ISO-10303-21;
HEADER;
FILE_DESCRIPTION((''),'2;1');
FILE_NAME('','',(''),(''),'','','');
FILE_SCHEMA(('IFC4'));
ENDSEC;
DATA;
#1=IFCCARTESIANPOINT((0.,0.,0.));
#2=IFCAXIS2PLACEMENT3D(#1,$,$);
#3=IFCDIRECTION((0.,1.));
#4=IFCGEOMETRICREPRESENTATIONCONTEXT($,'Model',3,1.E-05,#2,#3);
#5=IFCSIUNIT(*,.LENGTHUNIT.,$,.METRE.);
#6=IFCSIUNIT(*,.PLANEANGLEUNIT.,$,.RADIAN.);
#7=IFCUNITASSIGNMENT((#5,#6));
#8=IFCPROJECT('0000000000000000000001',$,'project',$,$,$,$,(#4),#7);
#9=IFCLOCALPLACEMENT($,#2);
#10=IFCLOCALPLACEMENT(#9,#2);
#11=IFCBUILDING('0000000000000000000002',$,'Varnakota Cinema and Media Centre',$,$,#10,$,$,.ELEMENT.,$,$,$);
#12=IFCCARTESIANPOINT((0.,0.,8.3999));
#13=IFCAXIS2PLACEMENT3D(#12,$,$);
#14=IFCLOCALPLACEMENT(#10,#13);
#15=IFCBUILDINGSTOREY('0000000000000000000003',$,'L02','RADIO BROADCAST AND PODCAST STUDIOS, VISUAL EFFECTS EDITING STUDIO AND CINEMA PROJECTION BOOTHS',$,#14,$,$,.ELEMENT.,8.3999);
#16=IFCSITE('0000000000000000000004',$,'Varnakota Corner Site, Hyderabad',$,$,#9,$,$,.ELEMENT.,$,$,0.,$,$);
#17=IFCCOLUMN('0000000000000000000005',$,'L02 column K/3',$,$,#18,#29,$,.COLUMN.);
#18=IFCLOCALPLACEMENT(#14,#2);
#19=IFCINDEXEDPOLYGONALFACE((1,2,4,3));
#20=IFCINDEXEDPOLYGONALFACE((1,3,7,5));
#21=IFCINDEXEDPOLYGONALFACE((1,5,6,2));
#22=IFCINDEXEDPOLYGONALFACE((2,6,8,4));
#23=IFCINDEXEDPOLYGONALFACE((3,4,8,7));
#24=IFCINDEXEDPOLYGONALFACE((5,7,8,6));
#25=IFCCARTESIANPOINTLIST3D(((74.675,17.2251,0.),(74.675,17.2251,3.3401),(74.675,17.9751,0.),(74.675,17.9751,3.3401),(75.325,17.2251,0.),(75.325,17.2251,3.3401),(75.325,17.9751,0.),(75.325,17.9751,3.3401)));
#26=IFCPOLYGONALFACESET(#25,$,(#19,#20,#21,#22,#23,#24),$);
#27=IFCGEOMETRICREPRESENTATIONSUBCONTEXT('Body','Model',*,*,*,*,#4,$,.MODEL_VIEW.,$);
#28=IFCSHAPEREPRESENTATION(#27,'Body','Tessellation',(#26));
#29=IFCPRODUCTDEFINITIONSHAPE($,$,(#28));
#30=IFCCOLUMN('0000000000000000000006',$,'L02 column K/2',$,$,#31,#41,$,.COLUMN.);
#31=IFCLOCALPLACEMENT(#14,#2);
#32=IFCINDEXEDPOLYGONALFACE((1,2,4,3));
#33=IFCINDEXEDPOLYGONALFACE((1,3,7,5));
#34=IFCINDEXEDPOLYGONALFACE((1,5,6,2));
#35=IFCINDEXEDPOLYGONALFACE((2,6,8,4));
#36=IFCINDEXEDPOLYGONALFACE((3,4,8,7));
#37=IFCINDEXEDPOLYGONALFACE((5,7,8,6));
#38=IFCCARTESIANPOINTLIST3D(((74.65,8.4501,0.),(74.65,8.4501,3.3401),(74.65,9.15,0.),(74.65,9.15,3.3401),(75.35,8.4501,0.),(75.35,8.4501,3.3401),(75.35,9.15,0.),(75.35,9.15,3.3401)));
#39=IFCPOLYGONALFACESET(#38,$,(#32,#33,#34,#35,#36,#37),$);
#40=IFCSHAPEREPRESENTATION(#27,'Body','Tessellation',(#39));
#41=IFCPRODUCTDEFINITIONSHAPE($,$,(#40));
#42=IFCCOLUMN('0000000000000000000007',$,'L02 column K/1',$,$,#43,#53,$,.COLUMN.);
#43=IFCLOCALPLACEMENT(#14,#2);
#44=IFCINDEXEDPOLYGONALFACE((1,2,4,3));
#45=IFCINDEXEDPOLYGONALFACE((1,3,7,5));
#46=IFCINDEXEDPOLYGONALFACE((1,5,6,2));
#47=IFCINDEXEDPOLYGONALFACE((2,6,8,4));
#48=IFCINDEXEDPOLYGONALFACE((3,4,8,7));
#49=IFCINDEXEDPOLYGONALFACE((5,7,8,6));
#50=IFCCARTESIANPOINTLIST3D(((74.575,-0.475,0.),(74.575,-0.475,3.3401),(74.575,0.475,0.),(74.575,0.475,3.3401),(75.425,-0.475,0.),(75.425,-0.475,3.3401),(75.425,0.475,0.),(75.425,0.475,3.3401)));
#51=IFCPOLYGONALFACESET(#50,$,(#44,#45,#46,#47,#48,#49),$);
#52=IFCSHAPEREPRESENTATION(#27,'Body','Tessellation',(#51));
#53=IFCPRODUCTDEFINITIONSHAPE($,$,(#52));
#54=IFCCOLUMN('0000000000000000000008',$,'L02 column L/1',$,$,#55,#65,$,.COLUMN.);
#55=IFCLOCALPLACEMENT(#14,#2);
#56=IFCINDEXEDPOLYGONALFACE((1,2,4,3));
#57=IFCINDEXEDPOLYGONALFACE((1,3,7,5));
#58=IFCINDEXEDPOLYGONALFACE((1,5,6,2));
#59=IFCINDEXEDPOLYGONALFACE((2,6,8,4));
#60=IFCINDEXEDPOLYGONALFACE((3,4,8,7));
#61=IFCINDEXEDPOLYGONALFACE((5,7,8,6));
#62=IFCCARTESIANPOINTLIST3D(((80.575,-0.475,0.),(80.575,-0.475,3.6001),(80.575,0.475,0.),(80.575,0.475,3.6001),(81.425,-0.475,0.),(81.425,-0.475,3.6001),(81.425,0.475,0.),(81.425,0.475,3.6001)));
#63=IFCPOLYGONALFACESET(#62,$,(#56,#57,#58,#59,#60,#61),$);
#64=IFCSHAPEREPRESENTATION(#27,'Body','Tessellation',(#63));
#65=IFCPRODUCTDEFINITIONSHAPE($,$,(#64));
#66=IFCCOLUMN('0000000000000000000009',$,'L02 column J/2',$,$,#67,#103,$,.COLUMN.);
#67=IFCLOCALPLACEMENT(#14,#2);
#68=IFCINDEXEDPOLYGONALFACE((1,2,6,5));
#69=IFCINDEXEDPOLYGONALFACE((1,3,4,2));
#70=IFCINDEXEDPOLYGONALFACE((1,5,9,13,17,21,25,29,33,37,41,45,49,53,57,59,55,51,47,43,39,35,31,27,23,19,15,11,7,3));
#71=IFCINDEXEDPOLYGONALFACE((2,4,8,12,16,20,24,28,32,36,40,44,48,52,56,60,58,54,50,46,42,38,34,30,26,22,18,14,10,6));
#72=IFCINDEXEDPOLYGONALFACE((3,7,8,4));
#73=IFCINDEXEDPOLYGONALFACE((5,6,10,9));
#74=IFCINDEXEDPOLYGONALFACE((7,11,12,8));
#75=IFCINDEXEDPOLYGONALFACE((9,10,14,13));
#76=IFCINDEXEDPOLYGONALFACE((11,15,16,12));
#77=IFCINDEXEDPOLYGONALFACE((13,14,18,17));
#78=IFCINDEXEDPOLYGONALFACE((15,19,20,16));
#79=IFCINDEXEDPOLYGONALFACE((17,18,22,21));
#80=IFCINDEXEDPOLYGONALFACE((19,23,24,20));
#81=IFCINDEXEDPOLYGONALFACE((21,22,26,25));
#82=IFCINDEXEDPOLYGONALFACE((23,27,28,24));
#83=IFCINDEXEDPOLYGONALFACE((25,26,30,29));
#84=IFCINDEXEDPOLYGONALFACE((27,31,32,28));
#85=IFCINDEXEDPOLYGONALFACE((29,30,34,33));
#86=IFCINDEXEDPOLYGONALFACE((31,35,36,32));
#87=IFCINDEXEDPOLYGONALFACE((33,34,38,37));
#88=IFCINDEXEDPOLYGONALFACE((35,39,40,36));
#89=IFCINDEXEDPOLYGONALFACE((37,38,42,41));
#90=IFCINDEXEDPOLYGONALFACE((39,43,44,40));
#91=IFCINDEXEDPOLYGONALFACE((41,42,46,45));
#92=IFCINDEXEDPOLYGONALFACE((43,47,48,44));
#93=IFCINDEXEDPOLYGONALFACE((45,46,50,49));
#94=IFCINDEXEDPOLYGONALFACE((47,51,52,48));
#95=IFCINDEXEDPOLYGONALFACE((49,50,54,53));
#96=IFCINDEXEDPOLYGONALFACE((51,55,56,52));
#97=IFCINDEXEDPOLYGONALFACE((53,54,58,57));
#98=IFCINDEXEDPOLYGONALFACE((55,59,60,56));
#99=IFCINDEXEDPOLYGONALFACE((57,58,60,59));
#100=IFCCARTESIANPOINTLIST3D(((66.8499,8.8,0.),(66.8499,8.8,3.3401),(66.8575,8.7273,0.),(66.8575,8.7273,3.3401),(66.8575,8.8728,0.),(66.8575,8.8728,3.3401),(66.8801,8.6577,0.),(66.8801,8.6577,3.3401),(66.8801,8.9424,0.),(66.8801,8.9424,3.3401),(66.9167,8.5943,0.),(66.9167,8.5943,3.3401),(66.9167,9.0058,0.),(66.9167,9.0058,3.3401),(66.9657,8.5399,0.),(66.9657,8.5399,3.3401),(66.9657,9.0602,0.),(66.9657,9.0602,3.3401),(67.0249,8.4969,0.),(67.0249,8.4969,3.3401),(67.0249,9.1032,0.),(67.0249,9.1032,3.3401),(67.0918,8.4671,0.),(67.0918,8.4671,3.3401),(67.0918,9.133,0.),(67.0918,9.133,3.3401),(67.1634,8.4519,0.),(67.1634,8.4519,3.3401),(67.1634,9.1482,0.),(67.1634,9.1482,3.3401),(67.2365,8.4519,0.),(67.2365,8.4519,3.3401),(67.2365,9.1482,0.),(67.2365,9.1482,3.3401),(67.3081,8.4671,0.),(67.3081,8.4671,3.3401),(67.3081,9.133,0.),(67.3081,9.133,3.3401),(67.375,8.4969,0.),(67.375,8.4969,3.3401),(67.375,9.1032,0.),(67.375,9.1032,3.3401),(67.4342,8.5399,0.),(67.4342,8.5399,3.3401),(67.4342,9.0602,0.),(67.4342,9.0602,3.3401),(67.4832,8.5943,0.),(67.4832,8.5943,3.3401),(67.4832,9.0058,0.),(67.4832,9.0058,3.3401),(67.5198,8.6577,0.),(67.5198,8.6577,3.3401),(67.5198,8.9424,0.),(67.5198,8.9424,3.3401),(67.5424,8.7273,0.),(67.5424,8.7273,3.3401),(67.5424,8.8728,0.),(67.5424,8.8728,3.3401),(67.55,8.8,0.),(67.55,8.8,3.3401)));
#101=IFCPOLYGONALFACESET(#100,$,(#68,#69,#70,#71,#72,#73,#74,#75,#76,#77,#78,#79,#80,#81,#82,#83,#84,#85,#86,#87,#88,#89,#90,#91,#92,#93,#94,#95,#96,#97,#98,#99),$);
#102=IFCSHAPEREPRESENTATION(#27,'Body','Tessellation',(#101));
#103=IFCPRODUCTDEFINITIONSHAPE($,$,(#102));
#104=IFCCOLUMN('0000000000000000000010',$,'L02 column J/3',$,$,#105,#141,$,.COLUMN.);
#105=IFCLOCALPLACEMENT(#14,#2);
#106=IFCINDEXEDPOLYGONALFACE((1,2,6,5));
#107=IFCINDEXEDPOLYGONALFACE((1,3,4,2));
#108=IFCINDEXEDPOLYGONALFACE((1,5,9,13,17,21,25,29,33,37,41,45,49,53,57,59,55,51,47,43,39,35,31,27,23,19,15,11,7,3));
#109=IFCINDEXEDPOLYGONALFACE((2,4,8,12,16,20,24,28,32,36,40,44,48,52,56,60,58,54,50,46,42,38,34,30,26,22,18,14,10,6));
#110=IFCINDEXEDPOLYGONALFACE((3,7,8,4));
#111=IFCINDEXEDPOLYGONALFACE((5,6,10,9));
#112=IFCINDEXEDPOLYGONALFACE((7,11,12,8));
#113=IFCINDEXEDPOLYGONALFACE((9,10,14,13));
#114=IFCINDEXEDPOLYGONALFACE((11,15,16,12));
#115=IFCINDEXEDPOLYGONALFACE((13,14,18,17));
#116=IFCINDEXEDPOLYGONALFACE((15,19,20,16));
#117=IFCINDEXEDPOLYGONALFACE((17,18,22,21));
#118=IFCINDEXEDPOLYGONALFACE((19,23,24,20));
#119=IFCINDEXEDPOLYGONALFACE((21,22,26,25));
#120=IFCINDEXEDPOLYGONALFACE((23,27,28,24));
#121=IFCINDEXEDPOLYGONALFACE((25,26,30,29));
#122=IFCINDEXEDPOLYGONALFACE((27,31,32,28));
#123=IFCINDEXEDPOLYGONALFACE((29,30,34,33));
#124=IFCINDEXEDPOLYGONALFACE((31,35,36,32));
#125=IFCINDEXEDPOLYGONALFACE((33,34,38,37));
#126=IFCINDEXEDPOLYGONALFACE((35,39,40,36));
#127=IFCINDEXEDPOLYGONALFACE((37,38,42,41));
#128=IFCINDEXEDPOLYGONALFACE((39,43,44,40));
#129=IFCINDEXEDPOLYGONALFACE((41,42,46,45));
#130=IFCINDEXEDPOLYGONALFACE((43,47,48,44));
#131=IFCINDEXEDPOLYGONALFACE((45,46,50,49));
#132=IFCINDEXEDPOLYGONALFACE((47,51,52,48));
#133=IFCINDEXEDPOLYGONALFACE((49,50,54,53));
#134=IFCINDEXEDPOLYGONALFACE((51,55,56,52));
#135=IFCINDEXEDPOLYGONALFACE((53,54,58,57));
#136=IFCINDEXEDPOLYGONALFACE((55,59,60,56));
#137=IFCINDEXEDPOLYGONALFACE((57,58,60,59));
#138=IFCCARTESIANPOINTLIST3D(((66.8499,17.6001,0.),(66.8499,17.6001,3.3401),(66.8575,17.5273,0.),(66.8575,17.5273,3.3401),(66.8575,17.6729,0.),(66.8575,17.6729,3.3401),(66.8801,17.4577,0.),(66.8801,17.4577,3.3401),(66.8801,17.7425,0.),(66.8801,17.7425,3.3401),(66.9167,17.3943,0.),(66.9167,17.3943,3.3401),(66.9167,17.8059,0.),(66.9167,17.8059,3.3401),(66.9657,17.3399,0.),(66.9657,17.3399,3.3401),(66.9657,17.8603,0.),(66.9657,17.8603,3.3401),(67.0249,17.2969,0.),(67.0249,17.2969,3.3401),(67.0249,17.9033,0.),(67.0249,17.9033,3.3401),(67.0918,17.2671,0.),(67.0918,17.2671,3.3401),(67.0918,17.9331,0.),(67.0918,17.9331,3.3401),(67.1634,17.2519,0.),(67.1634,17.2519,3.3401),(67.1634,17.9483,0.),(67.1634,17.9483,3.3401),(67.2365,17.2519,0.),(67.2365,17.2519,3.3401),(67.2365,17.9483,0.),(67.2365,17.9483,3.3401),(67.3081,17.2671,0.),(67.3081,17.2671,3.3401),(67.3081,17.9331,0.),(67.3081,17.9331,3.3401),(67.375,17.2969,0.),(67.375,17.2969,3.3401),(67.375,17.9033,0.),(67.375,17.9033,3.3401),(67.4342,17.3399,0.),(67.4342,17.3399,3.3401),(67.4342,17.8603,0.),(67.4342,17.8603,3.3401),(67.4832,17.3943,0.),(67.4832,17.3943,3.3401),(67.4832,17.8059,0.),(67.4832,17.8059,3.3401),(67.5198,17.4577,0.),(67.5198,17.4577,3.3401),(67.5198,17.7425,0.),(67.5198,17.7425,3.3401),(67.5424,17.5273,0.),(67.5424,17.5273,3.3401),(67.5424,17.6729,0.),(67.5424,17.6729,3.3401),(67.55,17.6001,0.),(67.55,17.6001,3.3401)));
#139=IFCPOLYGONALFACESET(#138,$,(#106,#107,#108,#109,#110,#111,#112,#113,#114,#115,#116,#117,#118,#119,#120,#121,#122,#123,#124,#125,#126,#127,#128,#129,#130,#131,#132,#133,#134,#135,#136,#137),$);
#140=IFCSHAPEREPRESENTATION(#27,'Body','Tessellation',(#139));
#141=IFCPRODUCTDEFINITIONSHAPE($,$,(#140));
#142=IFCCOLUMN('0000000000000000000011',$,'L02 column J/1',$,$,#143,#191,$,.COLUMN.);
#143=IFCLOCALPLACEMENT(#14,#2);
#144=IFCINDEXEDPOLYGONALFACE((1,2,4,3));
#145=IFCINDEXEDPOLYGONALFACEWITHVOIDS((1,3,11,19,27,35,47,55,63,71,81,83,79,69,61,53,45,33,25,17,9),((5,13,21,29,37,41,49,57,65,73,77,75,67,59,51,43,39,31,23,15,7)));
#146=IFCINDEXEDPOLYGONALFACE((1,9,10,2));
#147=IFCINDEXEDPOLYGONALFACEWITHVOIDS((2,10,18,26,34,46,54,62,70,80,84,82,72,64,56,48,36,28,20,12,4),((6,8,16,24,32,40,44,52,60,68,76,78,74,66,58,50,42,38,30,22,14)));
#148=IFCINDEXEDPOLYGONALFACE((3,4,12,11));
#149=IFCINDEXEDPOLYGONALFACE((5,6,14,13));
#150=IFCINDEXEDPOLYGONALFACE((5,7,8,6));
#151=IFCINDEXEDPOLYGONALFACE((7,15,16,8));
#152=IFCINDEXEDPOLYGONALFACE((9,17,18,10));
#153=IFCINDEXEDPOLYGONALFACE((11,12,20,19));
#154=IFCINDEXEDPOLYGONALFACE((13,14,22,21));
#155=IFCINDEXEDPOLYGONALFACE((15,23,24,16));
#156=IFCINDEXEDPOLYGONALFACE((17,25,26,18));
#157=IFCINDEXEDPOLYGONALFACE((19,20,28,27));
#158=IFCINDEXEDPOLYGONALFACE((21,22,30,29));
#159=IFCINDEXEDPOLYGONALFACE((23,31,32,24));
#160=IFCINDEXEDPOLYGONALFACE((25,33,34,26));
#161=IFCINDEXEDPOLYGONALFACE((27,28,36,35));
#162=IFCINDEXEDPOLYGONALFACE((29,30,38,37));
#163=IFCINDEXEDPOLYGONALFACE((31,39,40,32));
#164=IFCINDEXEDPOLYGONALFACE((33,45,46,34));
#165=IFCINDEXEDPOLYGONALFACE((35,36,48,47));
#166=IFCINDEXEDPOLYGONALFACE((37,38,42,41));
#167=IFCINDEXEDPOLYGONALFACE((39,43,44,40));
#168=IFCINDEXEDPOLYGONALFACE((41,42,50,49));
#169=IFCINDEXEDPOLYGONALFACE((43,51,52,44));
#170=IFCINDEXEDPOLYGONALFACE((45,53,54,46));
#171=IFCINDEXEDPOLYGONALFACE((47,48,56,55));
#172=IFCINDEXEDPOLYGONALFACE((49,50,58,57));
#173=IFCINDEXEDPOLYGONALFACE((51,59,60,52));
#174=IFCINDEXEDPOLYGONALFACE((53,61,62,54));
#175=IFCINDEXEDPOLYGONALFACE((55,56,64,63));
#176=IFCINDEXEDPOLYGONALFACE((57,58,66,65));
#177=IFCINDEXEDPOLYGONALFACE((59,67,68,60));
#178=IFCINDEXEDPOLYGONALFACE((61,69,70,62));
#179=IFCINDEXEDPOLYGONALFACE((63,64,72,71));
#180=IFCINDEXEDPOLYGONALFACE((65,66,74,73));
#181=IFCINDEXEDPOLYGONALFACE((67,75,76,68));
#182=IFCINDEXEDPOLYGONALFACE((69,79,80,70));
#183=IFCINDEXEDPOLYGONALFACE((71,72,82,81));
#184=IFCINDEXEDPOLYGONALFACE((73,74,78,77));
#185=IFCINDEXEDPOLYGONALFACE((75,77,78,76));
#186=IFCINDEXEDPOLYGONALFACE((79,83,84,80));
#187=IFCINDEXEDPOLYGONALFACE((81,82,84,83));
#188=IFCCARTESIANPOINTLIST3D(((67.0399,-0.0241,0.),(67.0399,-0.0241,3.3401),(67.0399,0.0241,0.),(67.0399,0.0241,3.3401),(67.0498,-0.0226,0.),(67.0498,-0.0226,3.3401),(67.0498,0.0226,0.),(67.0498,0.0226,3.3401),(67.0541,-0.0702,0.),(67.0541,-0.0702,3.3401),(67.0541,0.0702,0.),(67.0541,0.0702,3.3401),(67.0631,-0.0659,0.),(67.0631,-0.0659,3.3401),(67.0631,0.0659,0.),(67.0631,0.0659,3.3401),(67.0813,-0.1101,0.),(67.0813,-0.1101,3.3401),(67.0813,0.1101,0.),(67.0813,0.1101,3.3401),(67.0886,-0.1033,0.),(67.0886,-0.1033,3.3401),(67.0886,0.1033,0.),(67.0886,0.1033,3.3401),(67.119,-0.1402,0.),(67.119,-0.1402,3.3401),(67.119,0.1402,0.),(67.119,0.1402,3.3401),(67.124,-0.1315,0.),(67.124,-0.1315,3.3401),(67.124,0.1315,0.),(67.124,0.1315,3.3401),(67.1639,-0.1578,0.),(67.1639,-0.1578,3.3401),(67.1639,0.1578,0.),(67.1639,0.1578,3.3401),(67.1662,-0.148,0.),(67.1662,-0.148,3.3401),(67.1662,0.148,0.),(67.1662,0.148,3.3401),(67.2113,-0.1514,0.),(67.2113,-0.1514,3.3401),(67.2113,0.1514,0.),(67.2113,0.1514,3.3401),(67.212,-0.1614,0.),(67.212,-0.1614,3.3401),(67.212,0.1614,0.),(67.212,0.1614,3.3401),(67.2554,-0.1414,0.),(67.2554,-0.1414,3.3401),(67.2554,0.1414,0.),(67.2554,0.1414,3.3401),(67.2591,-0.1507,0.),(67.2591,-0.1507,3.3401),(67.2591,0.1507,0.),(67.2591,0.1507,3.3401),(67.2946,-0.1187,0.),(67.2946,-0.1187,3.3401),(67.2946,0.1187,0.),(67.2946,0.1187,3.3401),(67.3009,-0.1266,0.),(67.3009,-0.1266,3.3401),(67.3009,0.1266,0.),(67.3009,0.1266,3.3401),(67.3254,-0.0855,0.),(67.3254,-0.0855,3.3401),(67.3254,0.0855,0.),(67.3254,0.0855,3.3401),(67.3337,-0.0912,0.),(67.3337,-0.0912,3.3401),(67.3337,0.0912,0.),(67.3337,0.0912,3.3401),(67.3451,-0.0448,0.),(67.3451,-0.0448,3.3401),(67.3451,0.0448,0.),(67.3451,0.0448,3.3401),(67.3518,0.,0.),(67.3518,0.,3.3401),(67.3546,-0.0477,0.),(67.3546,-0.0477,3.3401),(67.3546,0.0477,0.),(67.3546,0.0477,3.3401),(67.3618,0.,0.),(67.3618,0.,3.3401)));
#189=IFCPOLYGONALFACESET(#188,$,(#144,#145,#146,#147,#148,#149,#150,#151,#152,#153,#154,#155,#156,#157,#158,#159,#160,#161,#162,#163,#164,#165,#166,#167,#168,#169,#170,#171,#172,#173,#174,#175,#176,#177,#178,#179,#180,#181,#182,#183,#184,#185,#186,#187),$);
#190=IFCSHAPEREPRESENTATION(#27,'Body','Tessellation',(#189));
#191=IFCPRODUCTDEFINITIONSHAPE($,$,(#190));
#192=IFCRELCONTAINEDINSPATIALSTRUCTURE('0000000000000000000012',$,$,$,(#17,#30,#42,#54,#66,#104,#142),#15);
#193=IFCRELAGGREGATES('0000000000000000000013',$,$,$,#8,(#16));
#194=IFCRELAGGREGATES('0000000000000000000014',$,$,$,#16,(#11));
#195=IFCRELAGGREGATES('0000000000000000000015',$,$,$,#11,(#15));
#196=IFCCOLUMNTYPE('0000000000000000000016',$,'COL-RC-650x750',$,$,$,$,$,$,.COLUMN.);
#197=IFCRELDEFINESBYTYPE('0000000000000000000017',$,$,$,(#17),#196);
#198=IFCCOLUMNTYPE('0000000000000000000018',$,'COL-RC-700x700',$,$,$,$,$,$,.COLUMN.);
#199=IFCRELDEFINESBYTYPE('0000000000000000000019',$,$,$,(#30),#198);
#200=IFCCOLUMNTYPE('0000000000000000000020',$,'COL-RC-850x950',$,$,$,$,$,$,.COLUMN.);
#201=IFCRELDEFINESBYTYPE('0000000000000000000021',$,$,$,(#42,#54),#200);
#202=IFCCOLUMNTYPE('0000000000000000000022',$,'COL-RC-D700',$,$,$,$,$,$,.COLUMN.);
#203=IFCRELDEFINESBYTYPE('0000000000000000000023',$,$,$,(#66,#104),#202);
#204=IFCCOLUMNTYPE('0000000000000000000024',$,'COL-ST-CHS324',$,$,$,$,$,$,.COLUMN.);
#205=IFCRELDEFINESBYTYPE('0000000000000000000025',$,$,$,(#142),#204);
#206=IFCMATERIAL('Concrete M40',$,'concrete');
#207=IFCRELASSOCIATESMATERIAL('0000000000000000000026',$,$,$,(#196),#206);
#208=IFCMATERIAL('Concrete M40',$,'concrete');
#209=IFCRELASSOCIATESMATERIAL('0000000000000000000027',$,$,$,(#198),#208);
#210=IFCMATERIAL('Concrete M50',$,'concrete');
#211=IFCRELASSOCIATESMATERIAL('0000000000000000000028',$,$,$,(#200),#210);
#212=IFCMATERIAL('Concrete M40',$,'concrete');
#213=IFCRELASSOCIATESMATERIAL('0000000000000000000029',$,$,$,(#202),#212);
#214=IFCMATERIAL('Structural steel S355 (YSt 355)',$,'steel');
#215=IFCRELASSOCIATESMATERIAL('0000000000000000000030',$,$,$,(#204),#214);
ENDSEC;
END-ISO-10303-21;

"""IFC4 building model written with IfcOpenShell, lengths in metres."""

from ifc_helpers import new_model, si_unit, direction, frame, origin, origin_2d, place, context, subcontext, project, spatial, rectangle, circle, hollow_circle, extrude, material, material_profile, profile_set, type_object, element, save


model = new_model("IFC4")

# Units and contexts
model_context = context("Model", 3, precision=1e-05, world=origin(), true_north=direction((0.0, 1.0)))
body_context = subcontext(model_context, "Body", "Model", "MODEL_VIEW")
ifc_project = project(units=[si_unit("LENGTHUNIT", "METRE"), si_unit("PLANEANGLEUNIT", "RADIAN")], contexts=[model_context])

# Site, building, storey
site_placement = place(None, origin())
site = spatial("IfcSite", under=ifc_project, at=site_placement, Name="Varnakota Corner Site, Hyderabad", CompositionType="ELEMENT", RefElevation=0.0)
building_placement = place(site_placement, origin())
building = spatial("IfcBuilding", under=site, at=building_placement, Name="Varnakota Cinema and Media Centre", CompositionType="ELEMENT")
storey_placement = place(building_placement, frame((0.0, 0.0, 8.3999)))
storey = spatial("IfcBuildingStorey", under=building, at=storey_placement, Name="L02", Description="RADIO BROADCAST AND PODCAST STUDIOS, VISUAL EFFECTS EDITING STUDIO AND CINEMA PROJECTION BOOTHS", CompositionType="ELEMENT", Elevation=8.3999)

# Columns
ifc_material_1 = material(Name="Concrete M40", Category="concrete")
ifc_material_profile_1 = material_profile(ifc_material_1, rectangle(XDim=0.6499, YDim=0.75, at=origin_2d()), Name="RC 650x750")
ifc_profile_set_1 = profile_set([ifc_material_profile_1], Name="Concrete M40")
column_type_1 = type_object("IfcColumnType", Name="COL-RC-650x750", PredefinedType="COLUMN", material=ifc_profile_set_1)
column_1_placement = place(storey_placement, frame((75.0, 17.6001, 0.0), z_axis=(0.0, 0.0, 1.0), x_axis=(1.0, 0.0, 0.0)))
element("IfcColumn", 1, at=column_1_placement, inside=storey, type_object=column_type_1, Name="L02 column K/3", PredefinedType="COLUMN", context=body_context, shape_type="SweptSolid", body=[
    extrude(rectangle(XDim=0.6499, YDim=0.75, at=origin_2d()), origin(), (0.0, 0.0, 1.0), 3.3401),
])
ifc_material_2 = material(Name="Concrete M40", Category="concrete")
ifc_material_profile_2 = material_profile(ifc_material_2, rectangle(XDim=0.7, YDim=0.7, at=origin_2d()), Name="RC 700x700")
ifc_profile_set_2 = profile_set([ifc_material_profile_2], Name="Concrete M40")
column_type_2 = type_object("IfcColumnType", Name="COL-RC-700x700", PredefinedType="COLUMN", material=ifc_profile_set_2)
column_2_placement = place(storey_placement, frame((75.0, 8.8, 0.0), z_axis=(0.0, 0.0, 1.0), x_axis=(1.0, 0.0, 0.0)))
element("IfcColumn", 2, at=column_2_placement, inside=storey, type_object=column_type_2, Name="L02 column K/2", PredefinedType="COLUMN", context=body_context, shape_type="SweptSolid", body=[
    extrude(rectangle(XDim=0.7, YDim=0.7, at=origin_2d()), origin(), (0.0, 0.0, 1.0), 3.3401),
])
ifc_material_3 = material(Name="Concrete M50", Category="concrete")
ifc_material_profile_3 = material_profile(ifc_material_3, rectangle(XDim=0.8501, YDim=0.95, at=origin_2d()), Name="RC 850x950")
ifc_profile_set_3 = profile_set([ifc_material_profile_3], Name="Concrete M50")
column_type_3 = type_object("IfcColumnType", Name="COL-RC-850x950", PredefinedType="COLUMN", material=ifc_profile_set_3)
column_3_placement = place(storey_placement, frame((75.0, 0.0, 0.0), z_axis=(0.0, 0.0, 1.0), x_axis=(1.0, 0.0, 0.0)))
element("IfcColumn", 3, at=column_3_placement, inside=storey, type_object=column_type_3, Name="L02 column K/1", PredefinedType="COLUMN", context=body_context, shape_type="SweptSolid", body=[
    extrude(rectangle(XDim=0.8501, YDim=0.95, at=origin_2d()), origin(), (0.0, 0.0, 1.0), 3.3401),
])
column_4_placement = place(storey_placement, frame((81.0, 0.0, 0.0), z_axis=(0.0, 0.0, 1.0), x_axis=(1.0, 0.0, 0.0)))
element("IfcColumn", 4, at=column_4_placement, inside=storey, type_object=column_type_3, Name="L02 column L/1", PredefinedType="COLUMN", context=body_context, shape_type="SweptSolid", body=[
    extrude(rectangle(XDim=0.8501, YDim=0.95, at=origin_2d()), origin(), (0.0, 0.0, 1.0), 3.6001),
])
ifc_material_4 = material(Name="Concrete M40", Category="concrete")
ifc_material_profile_4 = material_profile(ifc_material_4, circle(Radius=0.3501, at=origin_2d()), Name="RC D700")
ifc_profile_set_4 = profile_set([ifc_material_profile_4], Name="Concrete M40")
column_type_4 = type_object("IfcColumnType", Name="COL-RC-D700", PredefinedType="COLUMN", material=ifc_profile_set_4)
for number, where, z_axis, x_axis, name in (
    (5, (67.2, 8.8, 0.0), (0.0, 0.0, 1.0), (1.0, 0.0, 0.0), "L02 column J/2"),
    (6, (67.2, 17.6001, 0.0), (0.0, 0.0, 1.0), (1.0, 0.0, 0.0), "L02 column J/3"),
):
    element("IfcColumn", number, at=place(storey_placement, frame(where, z_axis=z_axis, x_axis=x_axis)), inside=storey, type_object=column_type_4, Name=name, PredefinedType="COLUMN", context=body_context, shape_type="SweptSolid", body=[
        extrude(circle(Radius=0.3501, at=origin_2d()), origin(), (0.0, 0.0, 1.0), 3.3401),
    ])
ifc_material_5 = material(Name="Structural steel S355 (YSt 355)", Category="steel")
ifc_material_profile_5 = material_profile(ifc_material_5, hollow_circle(Radius=0.1619, WallThickness=0.01, at=origin_2d()), Name="CHS 323.9x10.0")
ifc_profile_set_5 = profile_set([ifc_material_profile_5], Name="Structural steel S355 (YSt 355)")
column_type_5 = type_object("IfcColumnType", Name="COL-ST-CHS324", PredefinedType="COLUMN", material=ifc_profile_set_5)
column_5_placement = place(storey_placement, frame((67.2, 0.0, 0.0), z_axis=(0.0, 0.0, 1.0), x_axis=(1.0, 0.0, 0.0)))
element("IfcColumn", 7, at=column_5_placement, inside=storey, type_object=column_type_5, Name="L02 column J/1", PredefinedType="COLUMN", context=body_context, shape_type="SweptSolid", body=[
    extrude(hollow_circle(Radius=0.1619, WallThickness=0.01, at=origin_2d()), origin(), (0.0, 0.0, 1.0), 3.3401),
])

save(model, "model.ifc")
